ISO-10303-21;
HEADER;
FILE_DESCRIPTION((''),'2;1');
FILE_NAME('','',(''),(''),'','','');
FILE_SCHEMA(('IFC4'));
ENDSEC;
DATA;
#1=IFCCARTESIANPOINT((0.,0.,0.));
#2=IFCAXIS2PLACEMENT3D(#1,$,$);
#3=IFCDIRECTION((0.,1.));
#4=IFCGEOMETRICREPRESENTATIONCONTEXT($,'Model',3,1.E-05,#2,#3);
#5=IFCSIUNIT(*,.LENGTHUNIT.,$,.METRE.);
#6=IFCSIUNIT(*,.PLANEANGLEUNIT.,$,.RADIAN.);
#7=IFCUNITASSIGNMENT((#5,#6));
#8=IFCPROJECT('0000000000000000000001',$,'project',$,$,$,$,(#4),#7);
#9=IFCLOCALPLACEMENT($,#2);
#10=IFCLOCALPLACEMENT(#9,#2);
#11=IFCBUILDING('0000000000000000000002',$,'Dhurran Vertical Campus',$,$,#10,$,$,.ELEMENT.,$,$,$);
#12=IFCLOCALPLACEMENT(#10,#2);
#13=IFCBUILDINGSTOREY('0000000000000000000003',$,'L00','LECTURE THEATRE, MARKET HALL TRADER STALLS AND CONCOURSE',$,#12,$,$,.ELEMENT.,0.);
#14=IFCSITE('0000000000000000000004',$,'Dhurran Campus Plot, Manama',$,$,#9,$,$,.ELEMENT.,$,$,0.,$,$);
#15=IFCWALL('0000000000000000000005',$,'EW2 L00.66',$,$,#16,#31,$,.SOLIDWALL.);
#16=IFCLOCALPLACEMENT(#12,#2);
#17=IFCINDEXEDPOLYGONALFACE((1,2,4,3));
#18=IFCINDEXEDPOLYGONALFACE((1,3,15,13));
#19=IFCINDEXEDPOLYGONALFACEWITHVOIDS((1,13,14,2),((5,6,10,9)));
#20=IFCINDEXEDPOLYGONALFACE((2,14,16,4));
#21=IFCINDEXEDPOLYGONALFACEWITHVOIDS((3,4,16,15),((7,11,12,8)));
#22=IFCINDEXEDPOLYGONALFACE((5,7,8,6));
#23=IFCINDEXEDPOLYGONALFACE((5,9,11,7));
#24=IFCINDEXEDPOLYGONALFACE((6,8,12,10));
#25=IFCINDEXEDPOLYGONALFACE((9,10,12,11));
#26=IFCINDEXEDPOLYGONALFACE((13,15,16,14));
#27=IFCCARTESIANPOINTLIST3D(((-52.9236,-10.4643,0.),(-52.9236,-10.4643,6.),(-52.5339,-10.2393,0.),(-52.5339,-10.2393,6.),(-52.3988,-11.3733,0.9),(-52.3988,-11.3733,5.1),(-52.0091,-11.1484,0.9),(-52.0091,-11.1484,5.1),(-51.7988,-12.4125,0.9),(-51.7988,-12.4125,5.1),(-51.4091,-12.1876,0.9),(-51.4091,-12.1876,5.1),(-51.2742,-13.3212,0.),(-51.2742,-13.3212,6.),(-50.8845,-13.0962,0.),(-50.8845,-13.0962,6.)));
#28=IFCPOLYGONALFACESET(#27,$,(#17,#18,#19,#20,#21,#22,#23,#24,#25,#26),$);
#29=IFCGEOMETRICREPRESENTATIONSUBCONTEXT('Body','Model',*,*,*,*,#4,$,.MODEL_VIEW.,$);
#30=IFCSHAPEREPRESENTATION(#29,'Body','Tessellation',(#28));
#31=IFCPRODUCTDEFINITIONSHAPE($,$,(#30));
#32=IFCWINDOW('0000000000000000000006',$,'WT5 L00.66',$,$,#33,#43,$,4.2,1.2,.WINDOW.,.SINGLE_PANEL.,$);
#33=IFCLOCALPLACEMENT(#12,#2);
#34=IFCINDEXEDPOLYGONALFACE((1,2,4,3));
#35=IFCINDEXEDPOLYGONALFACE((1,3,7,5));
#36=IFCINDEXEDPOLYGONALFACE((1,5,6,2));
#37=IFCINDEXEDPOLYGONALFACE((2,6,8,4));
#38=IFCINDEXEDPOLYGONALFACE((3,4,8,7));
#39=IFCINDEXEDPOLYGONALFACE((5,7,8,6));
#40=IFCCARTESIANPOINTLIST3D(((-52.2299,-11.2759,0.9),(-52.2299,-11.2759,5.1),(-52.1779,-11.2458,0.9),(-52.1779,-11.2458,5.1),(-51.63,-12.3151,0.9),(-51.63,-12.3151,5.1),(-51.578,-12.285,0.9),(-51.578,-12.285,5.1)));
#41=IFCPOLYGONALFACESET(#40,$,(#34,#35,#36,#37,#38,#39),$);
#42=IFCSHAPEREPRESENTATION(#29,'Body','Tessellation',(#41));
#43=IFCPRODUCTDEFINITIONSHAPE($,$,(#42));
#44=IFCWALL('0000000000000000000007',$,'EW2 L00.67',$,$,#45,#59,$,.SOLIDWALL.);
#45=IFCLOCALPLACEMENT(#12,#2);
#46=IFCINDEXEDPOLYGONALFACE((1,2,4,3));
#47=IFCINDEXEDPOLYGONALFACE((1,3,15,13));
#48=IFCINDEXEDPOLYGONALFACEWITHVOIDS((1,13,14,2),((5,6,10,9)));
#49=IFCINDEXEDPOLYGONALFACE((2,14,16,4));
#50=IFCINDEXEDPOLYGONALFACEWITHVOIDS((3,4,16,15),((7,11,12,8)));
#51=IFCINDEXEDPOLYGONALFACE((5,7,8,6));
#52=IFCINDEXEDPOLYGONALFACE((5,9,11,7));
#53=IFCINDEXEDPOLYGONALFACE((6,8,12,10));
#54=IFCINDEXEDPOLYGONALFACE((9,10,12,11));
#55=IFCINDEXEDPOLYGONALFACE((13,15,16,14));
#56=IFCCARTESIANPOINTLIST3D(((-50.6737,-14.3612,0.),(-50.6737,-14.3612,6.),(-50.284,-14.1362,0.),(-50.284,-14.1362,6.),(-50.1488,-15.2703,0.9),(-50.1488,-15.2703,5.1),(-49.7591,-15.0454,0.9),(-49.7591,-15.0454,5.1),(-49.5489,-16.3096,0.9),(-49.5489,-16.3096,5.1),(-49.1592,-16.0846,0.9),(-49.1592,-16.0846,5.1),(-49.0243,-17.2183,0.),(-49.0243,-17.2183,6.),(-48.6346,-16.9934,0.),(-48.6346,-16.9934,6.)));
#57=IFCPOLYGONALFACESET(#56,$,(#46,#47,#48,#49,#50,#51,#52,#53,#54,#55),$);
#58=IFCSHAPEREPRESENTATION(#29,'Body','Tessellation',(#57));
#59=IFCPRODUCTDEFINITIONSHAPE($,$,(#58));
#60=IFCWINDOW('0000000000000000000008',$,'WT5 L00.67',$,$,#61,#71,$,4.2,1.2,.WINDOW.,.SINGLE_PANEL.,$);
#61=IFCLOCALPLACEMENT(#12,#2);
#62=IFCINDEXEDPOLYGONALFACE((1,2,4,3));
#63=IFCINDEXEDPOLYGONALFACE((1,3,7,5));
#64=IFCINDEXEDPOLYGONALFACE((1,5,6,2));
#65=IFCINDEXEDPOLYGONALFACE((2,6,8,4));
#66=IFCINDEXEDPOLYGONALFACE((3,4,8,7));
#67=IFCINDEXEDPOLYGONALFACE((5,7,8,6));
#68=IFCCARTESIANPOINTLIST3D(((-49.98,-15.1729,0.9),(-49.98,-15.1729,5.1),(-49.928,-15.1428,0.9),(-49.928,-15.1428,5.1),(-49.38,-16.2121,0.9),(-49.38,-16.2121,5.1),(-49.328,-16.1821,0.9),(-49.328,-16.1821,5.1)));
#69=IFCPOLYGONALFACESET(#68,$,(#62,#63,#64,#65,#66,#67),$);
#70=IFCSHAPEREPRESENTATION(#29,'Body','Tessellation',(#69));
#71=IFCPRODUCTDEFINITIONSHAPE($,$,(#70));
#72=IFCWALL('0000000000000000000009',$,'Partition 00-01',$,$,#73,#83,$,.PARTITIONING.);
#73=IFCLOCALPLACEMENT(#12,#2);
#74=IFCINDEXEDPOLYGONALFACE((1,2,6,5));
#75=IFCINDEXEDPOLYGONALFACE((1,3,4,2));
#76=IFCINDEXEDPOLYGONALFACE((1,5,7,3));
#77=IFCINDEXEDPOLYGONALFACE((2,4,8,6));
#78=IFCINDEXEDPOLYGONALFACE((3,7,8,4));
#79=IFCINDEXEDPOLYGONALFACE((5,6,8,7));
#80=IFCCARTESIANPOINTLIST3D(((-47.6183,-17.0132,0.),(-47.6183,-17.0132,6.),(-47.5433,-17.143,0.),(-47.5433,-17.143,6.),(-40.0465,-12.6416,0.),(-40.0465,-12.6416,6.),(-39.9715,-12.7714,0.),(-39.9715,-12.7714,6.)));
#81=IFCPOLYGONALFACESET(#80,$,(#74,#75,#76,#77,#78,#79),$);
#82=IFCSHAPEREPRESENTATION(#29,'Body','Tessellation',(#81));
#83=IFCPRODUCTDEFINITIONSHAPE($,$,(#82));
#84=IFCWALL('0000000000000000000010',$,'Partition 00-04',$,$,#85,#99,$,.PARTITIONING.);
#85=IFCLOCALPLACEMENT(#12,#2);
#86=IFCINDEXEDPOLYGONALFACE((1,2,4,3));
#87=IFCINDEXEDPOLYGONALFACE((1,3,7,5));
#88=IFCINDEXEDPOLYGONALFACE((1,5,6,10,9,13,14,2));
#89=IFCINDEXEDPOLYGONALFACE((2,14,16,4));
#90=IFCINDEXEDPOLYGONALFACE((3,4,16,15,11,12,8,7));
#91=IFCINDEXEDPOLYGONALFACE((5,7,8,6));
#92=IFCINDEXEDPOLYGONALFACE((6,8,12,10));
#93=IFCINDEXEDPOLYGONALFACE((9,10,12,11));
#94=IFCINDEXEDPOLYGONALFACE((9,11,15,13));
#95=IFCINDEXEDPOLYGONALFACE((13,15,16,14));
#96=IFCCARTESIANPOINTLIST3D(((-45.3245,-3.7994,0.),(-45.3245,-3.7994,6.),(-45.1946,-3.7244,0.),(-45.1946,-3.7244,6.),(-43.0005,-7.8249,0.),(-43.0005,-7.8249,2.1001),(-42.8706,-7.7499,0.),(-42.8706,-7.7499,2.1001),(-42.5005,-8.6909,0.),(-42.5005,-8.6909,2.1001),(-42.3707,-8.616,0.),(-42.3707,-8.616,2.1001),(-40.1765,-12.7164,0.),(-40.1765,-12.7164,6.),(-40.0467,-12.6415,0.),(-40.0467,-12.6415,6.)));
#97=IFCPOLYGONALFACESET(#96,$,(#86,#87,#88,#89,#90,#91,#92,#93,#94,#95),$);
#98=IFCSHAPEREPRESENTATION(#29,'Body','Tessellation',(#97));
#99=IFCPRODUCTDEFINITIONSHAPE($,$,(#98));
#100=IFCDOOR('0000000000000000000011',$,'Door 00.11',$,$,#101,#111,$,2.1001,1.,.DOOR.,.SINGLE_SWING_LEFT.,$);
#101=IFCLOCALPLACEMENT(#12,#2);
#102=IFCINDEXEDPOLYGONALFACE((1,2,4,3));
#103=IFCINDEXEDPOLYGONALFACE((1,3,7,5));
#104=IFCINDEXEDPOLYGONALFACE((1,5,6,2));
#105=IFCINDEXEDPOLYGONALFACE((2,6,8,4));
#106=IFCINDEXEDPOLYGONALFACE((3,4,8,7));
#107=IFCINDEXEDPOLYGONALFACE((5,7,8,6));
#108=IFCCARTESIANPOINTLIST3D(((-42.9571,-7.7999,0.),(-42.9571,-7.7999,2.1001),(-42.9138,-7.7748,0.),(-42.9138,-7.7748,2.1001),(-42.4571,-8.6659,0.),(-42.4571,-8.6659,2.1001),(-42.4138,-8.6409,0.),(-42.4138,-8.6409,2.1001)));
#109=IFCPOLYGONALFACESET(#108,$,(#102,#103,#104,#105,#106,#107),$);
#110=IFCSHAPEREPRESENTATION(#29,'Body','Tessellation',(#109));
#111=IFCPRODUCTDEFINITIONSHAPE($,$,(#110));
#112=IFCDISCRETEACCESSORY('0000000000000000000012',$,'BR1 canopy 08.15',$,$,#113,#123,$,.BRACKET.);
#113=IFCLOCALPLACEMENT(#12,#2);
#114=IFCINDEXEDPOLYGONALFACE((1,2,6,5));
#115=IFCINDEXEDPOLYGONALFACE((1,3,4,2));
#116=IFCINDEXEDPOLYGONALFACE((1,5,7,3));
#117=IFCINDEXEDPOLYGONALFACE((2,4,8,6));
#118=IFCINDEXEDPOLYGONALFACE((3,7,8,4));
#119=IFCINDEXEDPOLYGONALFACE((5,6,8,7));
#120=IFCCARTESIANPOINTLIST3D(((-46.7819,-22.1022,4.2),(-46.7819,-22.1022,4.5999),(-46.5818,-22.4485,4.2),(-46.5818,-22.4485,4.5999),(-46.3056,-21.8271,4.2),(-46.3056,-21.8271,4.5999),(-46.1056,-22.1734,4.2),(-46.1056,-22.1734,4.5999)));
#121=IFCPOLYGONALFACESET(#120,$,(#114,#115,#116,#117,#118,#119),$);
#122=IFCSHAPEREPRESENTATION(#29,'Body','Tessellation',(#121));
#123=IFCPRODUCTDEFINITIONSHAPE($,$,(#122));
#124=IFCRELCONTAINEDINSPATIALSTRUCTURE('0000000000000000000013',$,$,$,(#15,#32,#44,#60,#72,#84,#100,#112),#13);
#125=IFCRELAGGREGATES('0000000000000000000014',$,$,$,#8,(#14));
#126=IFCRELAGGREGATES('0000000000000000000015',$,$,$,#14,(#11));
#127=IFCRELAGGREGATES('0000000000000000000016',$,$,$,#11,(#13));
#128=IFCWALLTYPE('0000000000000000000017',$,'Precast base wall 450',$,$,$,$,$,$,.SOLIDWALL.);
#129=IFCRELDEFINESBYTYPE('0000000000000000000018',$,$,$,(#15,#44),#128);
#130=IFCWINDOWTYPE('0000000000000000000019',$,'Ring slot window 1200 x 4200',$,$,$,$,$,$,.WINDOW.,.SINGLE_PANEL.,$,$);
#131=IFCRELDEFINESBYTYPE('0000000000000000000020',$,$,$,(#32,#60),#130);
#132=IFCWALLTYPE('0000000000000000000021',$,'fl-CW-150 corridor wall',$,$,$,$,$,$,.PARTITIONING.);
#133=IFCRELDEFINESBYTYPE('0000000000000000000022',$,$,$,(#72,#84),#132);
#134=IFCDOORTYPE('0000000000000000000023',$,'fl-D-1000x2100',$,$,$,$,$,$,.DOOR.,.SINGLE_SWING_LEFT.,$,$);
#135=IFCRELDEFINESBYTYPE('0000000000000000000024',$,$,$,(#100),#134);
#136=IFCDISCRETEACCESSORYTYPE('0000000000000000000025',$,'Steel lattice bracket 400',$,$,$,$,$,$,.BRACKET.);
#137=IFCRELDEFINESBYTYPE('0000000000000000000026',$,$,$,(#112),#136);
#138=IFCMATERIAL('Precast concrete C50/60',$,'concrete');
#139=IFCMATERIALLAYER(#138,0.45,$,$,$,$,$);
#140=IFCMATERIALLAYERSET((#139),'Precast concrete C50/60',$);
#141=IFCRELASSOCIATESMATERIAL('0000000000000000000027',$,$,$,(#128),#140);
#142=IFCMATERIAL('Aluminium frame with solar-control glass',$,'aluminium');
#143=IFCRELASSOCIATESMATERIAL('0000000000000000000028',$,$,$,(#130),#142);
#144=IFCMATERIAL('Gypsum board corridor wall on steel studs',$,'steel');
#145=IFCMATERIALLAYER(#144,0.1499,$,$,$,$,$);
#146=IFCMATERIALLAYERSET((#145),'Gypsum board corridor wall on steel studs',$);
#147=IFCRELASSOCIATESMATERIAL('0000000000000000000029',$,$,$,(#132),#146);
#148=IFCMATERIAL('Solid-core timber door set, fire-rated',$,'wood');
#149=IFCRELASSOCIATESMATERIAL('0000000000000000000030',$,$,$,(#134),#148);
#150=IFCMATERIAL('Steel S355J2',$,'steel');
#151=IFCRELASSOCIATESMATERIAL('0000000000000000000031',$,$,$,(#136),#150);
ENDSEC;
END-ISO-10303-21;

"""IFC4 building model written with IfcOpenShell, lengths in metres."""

from ifc_helpers import new_model, si_unit, direction, frame, frame_2d, origin, origin_2d, place, context, subcontext, project, spatial, rectangle, extrude, material, layer, layer_set, material_profile, profile_set, type_object, element, fill, save


model = new_model("IFC4")

# Units and contexts
model_context = context("Model", 3, precision=1e-05, world=origin(), true_north=direction((0.0, 1.0)))
body_context = subcontext(model_context, "Body", "Model", "MODEL_VIEW")
ifc_project = project(units=[si_unit("LENGTHUNIT", "METRE"), si_unit("PLANEANGLEUNIT", "RADIAN")], contexts=[model_context])

# Site, building, storey
site_placement = place(None, origin())
site = spatial("IfcSite", under=ifc_project, at=site_placement, Name="Dhurran Campus Plot, Manama", CompositionType="ELEMENT", RefElevation=0.0)
building_placement = place(site_placement, origin())
building = spatial("IfcBuilding", under=site, at=building_placement, Name="Dhurran Vertical Campus", CompositionType="ELEMENT")
storey_placement = place(building_placement, origin())
storey = spatial("IfcBuildingStorey", under=building, at=storey_placement, Name="L00", Description="LECTURE THEATRE, MARKET HALL TRADER STALLS AND CONCOURSE", CompositionType="ELEMENT", Elevation=0.0)

# Walls, openings, windows
ifc_material_1 = material(Name="Precast concrete C50/60", Category="concrete")
ifc_layer_1 = layer(ifc_material_1, 0.45)
ifc_layer_set_1 = layer_set([ifc_layer_1], Name="Precast concrete C50/60")
wall_type_1 = type_object("IfcWallType", Name="Precast base wall 450", PredefinedType="SOLIDWALL", material=ifc_layer_set_1)
ifc_material_2 = material(Name="Aluminium frame with solar-control glass", Category="aluminium")
window_type = type_object("IfcWindowType", Name="Ring slot window 1200 x 4200", PartitioningType="SINGLE_PANEL", PredefinedType="WINDOW", material=ifc_material_2)
wall_1_placement = place(storey_placement, frame((-52.7288, -10.3518, 0.0), z_axis=(0.0, 0.0, 1.0), x_axis=(0.499992, -0.86603, 0.0)))
wall_1 = element("IfcWall", 1, at=wall_1_placement, inside=storey, type_object=wall_type_1, Name="EW2 L00.66", PredefinedType="SOLIDWALL", context=body_context, shape_type="SweptSolid", body=[
    extrude(rectangle(XDim=3.2988, YDim=0.45, at=frame_2d((1.6494, 0.0))), origin(), (0.0, 0.0, 1.0), 6.0),
])
opening_1_placement = place(wall_1_placement, frame((1.0496, 0.0, 0.8999)))
opening_1 = element("IfcOpeningElement", 2, at=opening_1_placement, cuts=wall_1, PredefinedType="OPENING", context=body_context, shape_type="SweptSolid", body=[
    extrude(rectangle(XDim=1.2, YDim=4.2, at=frame_2d((0.6001, 2.1001))), frame((0.0, 0.2349, 0.0), z_axis=(0.0, -1.0, 0.0), x_axis=(1.0, 0.0, 0.0)), (0.0, 0.0, 1.0), 0.47),
])
window_1_placement = place(opening_1_placement, origin())
window_1 = element("IfcWindow", 3, at=window_1_placement, inside=storey, type_object=window_type, Name="WT5 L00.66", OverallHeight=4.2, OverallWidth=1.2, PartitioningType="SINGLE_PANEL", PredefinedType="WINDOW", context=body_context, shape_type="SweptSolid", body=[
    extrude(rectangle(XDim=1.2, YDim=4.2, at=frame_2d((0.6001, 2.1001))), frame((0.0, 0.03, 0.0), z_axis=(0.0, -1.0, 0.0), x_axis=(1.0, 0.0, 0.0)), (0.0, 0.0, 1.0), 0.0601),
])
fill(opening_1, window_1)
wall_2_placement = place(storey_placement, frame((-50.4788, -14.2488, 0.0), z_axis=(0.0, 0.0, 1.0), x_axis=(0.499959, -0.866049, 0.0)))
wall_2 = element("IfcWall", 4, at=wall_2_placement, inside=storey, type_object=wall_type_1, Name="EW2 L00.67", PredefinedType="SOLIDWALL", context=body_context, shape_type="SweptSolid", body=[
    extrude(rectangle(XDim=3.2991, YDim=0.45, at=frame_2d((1.6494, 0.0))), origin(), (0.0, 0.0, 1.0), 6.0),
])
opening_2_placement = place(wall_2_placement, frame((1.0496, 0.0, 0.8999)))
opening_2 = element("IfcOpeningElement", 5, at=opening_2_placement, cuts=wall_2, PredefinedType="OPENING", context=body_context, shape_type="SweptSolid", body=[
    extrude(rectangle(XDim=1.2, YDim=4.2, at=frame_2d((0.6001, 2.1001))), frame((0.0, 0.2349, 0.0), z_axis=(0.0, -1.0, 0.0), x_axis=(1.0, 0.0, 0.0)), (0.0, 0.0, 1.0), 0.47),
])
window_2_placement = place(opening_2_placement, origin())
window_2 = element("IfcWindow", 6, at=window_2_placement, inside=storey, type_object=window_type, Name="WT5 L00.67", OverallHeight=4.2, OverallWidth=1.2, PartitioningType="SINGLE_PANEL", PredefinedType="WINDOW", context=body_context, shape_type="SweptSolid", body=[
    extrude(rectangle(XDim=1.2, YDim=4.2, at=frame_2d((0.6001, 2.1001))), frame((0.0, 0.03, 0.0), z_axis=(0.0, -1.0, 0.0), x_axis=(1.0, 0.0, 0.0)), (0.0, 0.0, 1.0), 0.0601),
])
fill(opening_2, window_2)

# Wall
ifc_material_3 = material(Name="Gypsum board corridor wall on steel studs", Category="steel")
ifc_layer_2 = layer(ifc_material_3, 0.1499)
ifc_layer_set_2 = layer_set([ifc_layer_2], Name="Gypsum board corridor wall on steel studs")
wall_type_2 = type_object("IfcWallType", Name="fl-CW-150 corridor wall", PredefinedType="PARTITIONING", material=ifc_layer_set_2)
wall_3_placement = place(storey_placement, frame((-47.5808, -17.0781, 0.0), z_axis=(0.0, 0.0, 1.0), x_axis=(0.866025, 0.500001, 0.0)))
element("IfcWall", 7, at=wall_3_placement, inside=storey, type_object=wall_type_2, Name="Partition 00-01", PredefinedType="PARTITIONING", context=body_context, shape_type="SweptSolid", body=[
    extrude(rectangle(XDim=8.7432, YDim=0.1499, at=frame_2d((4.3716, 0.0))), origin(), (0.0, 0.0, 1.0), 6.0),
])

# Wall, opening, door
wall_4_placement = place(storey_placement, frame((-40.1116, -12.679, 0.0), z_axis=(0.0, 0.0, 1.0), x_axis=(-0.49998, 0.866037, 0.0)))
wall_4 = element("IfcWall", 8, at=wall_4_placement, inside=storey, type_object=wall_type_2, Name="Partition 00-04", PredefinedType="PARTITIONING", context=body_context, shape_type="SweptSolid", body=[
    extrude(rectangle(XDim=10.2964, YDim=0.1499, at=frame_2d((5.1482, 0.0))), origin(), (0.0, 0.0, 1.0), 6.0),
])
opening_3_placement = place(wall_4_placement, frame((4.6482, 0.0, 0.0)))
opening_3 = element("IfcOpeningElement", 9, at=opening_3_placement, cuts=wall_4, PredefinedType="OPENING", context=body_context, shape_type="SweptSolid", body=[
    extrude(rectangle(XDim=1.0, YDim=2.1001, at=frame_2d((0.5, 1.05))), frame((0.0, 0.085, 0.0), z_axis=(0.0, -1.0, 0.0), x_axis=(1.0, 0.0, 0.0)), (0.0, 0.0, 1.0), 0.1699),
])
ifc_material_4 = material(Name="Solid-core timber door set, fire-rated", Category="wood")
door_type_1 = type_object("IfcDoorType", Name="fl-D-1000x2100", OperationType="SINGLE_SWING_LEFT", PredefinedType="DOOR", material=ifc_material_4)
door_1_placement = place(opening_3_placement, origin())
door_1 = element("IfcDoor", 10, at=door_1_placement, inside=storey, type_object=door_type_1, Name="Door 00.11", OperationType="SINGLE_SWING_LEFT", OverallHeight=2.1001, OverallWidth=1.0, PredefinedType="DOOR", context=body_context, shape_type="SweptSolid", body=[
    extrude(rectangle(XDim=1.0, YDim=2.1001, at=frame_2d((0.5, 1.05))), frame((0.0, 0.0249, 0.0), z_axis=(0.0, -1.0, 0.0), x_axis=(1.0, 0.0, 0.0)), (0.0, 0.0, 1.0), 0.05),
])
fill(opening_3, door_1)

# Discrete accessory
ifc_material_5 = material(Name="Steel S355J2", Category="steel")
ifc_material_profile_1 = material_profile(ifc_material_5, rectangle(XDim=0.3999, YDim=0.3999, at=origin_2d()), Name="Steel lattice bracket 400")
ifc_profile_set_1 = profile_set([ifc_material_profile_1], Name="Steel S355J2")
discrete_accessory_type = type_object("IfcDiscreteAccessoryType", Name="Steel lattice bracket 400", PredefinedType="BRACKET", material=ifc_profile_set_1)
discrete_accessory_placement = place(storey_placement, frame((-46.2056, -22.0002, 4.3999), z_axis=(-0.865912, -0.500196, 0.0), x_axis=(0.500196, -0.865912, 0.0)))
element("IfcDiscreteAccessory", 11, at=discrete_accessory_placement, inside=storey, type_object=discrete_accessory_type, Name="BR1 canopy 08.15", PredefinedType="BRACKET", context=body_context, shape_type="SweptSolid", body=[
    extrude(rectangle(XDim=0.3999, YDim=0.3999, at=origin_2d()), origin(), (0.0, 0.0, 1.0), 0.55),
])

save(model, "model.ifc")
